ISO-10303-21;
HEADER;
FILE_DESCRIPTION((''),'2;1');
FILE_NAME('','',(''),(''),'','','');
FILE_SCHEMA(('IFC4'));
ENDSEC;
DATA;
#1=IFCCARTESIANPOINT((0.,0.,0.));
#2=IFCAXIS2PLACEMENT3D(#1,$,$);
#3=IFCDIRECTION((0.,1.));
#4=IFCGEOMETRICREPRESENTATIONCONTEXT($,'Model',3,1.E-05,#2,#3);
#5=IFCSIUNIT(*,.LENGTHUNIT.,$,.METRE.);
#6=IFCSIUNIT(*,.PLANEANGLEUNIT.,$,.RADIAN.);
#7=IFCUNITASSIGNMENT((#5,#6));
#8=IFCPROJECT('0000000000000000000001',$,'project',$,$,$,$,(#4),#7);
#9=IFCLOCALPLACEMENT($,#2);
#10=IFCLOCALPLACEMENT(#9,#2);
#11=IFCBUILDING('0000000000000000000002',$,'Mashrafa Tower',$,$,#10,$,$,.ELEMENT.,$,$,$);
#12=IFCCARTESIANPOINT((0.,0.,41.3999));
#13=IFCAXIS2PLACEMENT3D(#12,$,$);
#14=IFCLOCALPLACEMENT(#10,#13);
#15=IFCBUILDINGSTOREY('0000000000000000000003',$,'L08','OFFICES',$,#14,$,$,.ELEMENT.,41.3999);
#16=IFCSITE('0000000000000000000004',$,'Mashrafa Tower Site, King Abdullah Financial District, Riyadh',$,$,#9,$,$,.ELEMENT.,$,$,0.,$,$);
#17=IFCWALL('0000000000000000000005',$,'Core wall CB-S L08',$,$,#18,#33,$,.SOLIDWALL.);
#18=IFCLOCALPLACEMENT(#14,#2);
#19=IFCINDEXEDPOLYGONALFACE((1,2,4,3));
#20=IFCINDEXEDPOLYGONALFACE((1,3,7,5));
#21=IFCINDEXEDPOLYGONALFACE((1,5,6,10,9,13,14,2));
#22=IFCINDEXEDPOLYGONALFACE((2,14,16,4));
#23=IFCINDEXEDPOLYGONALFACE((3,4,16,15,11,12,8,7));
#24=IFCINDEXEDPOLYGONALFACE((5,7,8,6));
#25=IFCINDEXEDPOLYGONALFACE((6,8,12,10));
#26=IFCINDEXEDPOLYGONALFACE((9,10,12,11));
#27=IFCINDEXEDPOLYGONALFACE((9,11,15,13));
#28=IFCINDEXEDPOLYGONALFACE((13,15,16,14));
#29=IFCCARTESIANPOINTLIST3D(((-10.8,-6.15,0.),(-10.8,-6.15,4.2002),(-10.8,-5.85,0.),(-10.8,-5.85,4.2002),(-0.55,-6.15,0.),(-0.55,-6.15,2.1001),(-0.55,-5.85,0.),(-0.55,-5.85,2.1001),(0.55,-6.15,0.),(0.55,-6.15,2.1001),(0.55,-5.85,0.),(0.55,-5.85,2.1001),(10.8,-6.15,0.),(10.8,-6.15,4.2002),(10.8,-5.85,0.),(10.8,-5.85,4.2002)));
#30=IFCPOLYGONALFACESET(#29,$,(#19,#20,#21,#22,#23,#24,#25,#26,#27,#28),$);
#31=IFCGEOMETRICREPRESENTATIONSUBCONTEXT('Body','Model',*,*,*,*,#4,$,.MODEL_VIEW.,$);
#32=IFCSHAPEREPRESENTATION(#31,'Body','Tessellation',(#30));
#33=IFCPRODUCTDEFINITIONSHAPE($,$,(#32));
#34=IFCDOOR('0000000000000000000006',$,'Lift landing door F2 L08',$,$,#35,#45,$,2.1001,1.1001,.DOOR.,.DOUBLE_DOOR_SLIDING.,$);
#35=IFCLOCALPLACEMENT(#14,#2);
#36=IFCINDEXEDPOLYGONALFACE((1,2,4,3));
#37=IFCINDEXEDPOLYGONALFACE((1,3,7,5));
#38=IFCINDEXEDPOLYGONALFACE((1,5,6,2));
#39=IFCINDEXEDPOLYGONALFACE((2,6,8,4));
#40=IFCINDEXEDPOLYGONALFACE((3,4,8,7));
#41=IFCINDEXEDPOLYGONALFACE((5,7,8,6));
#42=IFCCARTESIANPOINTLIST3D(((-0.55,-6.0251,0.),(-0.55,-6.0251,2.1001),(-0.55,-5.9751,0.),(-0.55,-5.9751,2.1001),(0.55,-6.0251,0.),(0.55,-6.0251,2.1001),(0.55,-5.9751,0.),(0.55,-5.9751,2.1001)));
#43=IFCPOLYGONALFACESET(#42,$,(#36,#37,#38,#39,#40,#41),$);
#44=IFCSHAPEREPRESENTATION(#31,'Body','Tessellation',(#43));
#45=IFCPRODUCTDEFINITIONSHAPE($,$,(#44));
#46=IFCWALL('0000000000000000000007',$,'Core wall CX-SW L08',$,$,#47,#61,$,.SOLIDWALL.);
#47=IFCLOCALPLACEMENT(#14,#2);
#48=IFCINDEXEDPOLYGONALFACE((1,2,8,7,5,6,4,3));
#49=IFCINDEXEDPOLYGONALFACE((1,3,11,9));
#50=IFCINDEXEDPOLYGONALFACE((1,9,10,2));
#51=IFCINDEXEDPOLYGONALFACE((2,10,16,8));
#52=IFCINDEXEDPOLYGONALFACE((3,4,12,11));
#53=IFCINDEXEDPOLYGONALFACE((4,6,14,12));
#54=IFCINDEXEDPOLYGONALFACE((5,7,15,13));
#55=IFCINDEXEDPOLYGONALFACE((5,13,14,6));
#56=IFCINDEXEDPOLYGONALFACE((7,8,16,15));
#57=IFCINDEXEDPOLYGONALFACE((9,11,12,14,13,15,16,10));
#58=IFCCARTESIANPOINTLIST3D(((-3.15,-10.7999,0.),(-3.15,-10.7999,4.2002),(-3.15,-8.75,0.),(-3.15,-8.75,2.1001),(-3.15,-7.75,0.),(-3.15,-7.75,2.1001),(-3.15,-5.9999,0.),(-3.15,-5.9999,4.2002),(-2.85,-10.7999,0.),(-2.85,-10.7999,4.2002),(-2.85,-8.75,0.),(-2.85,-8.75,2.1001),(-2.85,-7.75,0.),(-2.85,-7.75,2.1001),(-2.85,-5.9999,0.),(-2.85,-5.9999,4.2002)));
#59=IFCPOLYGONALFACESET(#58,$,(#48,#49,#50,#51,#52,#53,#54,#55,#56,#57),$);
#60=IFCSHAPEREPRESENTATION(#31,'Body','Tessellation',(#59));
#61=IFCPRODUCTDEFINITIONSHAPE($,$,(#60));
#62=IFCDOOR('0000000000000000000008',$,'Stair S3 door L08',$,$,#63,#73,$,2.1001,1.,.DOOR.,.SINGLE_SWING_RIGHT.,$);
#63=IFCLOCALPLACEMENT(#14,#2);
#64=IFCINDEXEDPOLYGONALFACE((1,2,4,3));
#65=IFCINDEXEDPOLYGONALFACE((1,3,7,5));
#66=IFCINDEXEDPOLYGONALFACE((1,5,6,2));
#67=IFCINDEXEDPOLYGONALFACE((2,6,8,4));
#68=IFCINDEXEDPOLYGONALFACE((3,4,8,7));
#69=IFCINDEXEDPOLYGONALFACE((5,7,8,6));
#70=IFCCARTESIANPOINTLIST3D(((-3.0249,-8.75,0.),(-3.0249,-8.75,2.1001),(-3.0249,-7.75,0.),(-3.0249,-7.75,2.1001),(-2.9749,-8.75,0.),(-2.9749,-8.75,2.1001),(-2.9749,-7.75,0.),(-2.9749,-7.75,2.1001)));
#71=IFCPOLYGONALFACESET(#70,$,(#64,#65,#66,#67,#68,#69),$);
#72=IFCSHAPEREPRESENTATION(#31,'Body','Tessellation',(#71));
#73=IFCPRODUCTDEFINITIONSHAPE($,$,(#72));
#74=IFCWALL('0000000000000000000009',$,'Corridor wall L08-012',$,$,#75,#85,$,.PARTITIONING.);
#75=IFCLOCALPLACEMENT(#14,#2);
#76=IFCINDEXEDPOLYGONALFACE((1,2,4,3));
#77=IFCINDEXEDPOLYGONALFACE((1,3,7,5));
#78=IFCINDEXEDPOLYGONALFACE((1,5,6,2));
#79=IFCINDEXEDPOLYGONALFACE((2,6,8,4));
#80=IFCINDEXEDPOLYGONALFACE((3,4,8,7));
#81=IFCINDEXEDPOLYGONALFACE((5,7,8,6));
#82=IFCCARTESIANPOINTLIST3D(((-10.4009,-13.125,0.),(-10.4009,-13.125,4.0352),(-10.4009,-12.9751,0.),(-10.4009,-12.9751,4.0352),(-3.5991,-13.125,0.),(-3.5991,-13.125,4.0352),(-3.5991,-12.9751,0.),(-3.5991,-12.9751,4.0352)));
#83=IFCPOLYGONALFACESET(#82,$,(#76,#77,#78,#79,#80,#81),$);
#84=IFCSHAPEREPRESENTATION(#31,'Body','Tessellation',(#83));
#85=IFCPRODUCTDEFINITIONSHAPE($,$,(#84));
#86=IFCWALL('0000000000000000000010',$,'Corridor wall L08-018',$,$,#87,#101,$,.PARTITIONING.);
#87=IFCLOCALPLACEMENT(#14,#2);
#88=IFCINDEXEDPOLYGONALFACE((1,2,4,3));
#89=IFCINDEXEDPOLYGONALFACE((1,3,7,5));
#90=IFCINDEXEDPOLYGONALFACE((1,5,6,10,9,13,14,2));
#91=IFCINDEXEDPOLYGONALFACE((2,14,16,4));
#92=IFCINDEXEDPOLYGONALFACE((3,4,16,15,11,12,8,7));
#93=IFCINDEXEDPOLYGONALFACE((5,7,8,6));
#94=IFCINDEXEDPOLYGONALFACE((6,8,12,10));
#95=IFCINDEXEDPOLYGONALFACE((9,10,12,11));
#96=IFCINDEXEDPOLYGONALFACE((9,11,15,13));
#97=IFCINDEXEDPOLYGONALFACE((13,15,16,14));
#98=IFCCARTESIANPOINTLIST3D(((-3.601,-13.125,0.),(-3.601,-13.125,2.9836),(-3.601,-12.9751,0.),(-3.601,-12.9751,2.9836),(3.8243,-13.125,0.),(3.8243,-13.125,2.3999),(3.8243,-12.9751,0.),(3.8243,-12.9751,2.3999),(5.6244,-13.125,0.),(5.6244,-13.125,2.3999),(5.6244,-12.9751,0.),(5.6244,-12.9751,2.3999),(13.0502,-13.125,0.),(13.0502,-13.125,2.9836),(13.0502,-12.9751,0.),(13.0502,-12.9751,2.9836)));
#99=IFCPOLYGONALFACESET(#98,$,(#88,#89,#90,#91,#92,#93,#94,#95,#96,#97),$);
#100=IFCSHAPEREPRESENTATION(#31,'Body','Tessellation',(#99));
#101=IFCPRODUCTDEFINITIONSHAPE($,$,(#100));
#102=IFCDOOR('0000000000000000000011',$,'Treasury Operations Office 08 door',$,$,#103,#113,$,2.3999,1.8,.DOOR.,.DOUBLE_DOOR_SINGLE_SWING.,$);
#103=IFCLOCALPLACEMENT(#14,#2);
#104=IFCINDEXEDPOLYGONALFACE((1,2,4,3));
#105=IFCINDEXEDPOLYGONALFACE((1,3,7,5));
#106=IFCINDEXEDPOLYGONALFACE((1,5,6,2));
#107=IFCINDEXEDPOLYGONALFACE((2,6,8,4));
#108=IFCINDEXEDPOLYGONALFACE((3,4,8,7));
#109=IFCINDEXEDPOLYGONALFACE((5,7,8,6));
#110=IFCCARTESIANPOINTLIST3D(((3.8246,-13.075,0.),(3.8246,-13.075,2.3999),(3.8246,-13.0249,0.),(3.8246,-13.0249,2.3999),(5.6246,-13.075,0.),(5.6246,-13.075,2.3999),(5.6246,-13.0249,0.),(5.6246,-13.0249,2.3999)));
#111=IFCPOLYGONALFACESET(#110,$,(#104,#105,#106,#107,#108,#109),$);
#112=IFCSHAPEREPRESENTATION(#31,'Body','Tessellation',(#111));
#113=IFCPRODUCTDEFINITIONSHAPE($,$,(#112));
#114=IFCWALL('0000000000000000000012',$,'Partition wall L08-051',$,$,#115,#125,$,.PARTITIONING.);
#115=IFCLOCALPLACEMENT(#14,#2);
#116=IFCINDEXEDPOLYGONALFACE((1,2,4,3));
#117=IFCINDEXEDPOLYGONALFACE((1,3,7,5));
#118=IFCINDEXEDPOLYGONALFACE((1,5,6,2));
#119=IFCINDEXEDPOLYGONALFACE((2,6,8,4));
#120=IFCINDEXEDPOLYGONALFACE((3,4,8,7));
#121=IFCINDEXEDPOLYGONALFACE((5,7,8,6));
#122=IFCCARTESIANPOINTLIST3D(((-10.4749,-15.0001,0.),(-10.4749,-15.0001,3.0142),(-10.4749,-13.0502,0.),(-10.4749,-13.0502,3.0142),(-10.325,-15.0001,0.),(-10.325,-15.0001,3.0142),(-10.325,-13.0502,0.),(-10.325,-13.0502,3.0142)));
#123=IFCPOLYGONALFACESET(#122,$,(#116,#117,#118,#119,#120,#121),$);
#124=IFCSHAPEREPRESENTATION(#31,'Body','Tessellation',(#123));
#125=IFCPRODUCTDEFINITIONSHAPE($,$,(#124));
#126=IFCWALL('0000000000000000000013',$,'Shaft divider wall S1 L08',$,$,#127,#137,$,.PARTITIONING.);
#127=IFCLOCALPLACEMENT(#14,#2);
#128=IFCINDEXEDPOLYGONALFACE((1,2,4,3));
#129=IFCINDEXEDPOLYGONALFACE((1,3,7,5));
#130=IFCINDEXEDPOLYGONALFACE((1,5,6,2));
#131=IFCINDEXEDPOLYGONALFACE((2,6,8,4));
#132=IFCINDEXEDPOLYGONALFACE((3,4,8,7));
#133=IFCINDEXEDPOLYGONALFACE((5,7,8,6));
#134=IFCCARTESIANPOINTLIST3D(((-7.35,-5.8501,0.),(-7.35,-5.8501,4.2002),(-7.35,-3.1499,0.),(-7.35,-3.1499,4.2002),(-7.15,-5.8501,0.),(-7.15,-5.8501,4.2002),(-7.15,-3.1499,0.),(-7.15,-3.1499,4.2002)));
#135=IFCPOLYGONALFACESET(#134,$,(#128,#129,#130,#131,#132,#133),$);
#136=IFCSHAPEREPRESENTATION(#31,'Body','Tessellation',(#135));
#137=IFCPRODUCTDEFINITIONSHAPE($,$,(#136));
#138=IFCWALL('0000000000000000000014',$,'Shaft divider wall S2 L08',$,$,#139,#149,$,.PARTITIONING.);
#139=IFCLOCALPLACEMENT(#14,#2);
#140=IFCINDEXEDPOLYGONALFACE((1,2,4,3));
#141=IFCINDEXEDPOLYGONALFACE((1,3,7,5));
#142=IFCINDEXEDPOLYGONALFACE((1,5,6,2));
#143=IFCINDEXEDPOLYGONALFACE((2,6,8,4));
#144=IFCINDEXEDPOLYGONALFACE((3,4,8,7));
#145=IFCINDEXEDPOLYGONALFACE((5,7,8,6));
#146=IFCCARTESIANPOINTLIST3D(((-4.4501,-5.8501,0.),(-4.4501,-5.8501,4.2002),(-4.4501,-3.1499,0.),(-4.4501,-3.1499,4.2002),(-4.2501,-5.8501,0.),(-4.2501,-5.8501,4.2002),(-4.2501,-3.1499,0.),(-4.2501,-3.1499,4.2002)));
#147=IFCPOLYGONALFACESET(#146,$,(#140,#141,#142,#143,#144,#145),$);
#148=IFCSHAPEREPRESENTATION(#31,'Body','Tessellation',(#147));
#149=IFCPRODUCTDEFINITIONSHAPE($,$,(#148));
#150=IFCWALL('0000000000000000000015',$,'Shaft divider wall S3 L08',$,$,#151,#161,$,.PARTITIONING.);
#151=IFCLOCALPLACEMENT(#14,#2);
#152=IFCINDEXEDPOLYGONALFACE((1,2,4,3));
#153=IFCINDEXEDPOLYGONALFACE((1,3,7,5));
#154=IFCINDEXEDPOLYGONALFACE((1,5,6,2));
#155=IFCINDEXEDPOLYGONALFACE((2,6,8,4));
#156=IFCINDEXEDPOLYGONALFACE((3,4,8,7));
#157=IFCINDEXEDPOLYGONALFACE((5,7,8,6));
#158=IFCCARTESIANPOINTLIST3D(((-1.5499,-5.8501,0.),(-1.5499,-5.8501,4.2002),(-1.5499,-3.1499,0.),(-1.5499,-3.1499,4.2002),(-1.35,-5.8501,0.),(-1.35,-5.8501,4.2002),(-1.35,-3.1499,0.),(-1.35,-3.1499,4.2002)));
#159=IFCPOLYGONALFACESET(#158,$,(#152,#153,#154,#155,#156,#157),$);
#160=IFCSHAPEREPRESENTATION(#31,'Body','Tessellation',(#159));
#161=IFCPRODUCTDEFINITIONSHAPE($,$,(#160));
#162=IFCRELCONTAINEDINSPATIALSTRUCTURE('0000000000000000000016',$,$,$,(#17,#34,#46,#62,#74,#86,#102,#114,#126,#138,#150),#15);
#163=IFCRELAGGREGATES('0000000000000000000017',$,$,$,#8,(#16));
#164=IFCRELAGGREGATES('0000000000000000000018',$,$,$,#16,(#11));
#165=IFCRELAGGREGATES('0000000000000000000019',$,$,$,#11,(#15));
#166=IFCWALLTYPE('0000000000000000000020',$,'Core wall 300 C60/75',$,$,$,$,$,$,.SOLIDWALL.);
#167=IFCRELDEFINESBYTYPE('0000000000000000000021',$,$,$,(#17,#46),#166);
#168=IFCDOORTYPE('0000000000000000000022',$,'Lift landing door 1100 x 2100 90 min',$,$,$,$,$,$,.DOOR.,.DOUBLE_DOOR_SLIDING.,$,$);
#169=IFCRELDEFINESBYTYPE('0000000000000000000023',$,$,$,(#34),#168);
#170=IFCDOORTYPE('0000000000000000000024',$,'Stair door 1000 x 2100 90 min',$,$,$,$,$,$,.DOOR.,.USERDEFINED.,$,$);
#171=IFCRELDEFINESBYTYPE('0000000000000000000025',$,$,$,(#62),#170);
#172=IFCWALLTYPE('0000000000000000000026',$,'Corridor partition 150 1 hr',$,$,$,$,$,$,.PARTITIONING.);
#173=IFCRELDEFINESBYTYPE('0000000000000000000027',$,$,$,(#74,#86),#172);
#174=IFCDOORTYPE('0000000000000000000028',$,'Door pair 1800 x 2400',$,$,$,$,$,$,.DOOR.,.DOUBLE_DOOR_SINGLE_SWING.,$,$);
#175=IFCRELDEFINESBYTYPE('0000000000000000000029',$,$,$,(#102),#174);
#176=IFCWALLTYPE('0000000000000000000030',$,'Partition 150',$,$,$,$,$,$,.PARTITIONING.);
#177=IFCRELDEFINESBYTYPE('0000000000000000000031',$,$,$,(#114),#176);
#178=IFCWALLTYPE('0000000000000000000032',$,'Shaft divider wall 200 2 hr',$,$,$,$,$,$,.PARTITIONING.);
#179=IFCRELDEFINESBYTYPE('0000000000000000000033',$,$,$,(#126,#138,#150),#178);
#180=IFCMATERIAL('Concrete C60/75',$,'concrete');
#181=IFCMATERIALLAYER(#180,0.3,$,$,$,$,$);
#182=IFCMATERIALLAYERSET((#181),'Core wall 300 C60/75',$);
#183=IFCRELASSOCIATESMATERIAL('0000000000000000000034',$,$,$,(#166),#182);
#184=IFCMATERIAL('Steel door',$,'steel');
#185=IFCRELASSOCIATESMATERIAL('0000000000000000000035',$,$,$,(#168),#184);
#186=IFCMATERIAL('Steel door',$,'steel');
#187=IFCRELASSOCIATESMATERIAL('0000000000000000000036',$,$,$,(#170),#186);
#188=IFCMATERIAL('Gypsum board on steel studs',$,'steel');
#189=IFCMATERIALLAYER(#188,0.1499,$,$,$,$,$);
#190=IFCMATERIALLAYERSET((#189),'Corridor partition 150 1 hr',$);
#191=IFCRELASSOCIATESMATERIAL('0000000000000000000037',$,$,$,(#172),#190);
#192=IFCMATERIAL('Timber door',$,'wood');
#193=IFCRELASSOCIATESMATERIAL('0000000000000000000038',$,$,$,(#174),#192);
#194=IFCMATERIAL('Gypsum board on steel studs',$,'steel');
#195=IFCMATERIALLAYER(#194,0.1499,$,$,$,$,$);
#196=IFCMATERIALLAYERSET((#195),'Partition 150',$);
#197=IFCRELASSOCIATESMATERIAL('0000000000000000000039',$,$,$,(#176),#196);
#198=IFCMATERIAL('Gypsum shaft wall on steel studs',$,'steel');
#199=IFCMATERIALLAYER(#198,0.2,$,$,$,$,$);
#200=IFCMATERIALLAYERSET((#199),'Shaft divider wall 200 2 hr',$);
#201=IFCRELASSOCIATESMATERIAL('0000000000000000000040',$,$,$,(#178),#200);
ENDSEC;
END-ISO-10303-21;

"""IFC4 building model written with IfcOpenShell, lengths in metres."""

from ifc_helpers import new_model, si_unit, direction, frame, frame_2d, origin, place, context, subcontext, project, spatial, rectangle, extrude, material, layer, layer_set, type_object, element, fill, save


model = new_model("IFC4")

# Units and contexts
model_context = context("Model", 3, precision=1e-05, world=origin(), true_north=direction((0.0, 1.0)))
body_context = subcontext(model_context, "Body", "Model", "MODEL_VIEW")
ifc_project = project(units=[si_unit("LENGTHUNIT", "METRE"), si_unit("PLANEANGLEUNIT", "RADIAN")], contexts=[model_context])

# Site, building, storey
site_placement = place(None, origin())
site = spatial("IfcSite", under=ifc_project, at=site_placement, Name="Mashrafa Tower Site, King Abdullah Financial District, Riyadh", CompositionType="ELEMENT", RefElevation=0.0)
building_placement = place(site_placement, origin())
building = spatial("IfcBuilding", under=site, at=building_placement, Name="Mashrafa Tower", CompositionType="ELEMENT")
storey_placement = place(building_placement, frame((0.0, 0.0, 41.3999)))
storey = spatial("IfcBuildingStorey", under=building, at=storey_placement, Name="L08", Description="OFFICES", CompositionType="ELEMENT", Elevation=41.3999)

# Shared definitions
ifc_material_1 = material(Name="Concrete C60/75", Category="concrete")
ifc_layer_1 = layer(ifc_material_1, 0.3)
ifc_layer_set_1 = layer_set([ifc_layer_1], Name="Core wall 300 C60/75")
wall_type_1 = type_object("IfcWallType", Name="Core wall 300 C60/75", PredefinedType="SOLIDWALL", material=ifc_layer_set_1)

# Walls, openings, doors
wall_1_placement = place(storey_placement, frame((-10.8, -6.0, 0.0), z_axis=(0.0, 0.0, 1.0), x_axis=(1.0, 0.0, 0.0)))
wall_1 = element("IfcWall", 1, at=wall_1_placement, inside=storey, type_object=wall_type_1, Name="Core wall CB-S L08", PredefinedType="SOLIDWALL", context=body_context, shape_type="SweptSolid", body=[
    extrude(rectangle(XDim=21.6001, YDim=0.3, at=frame_2d((10.8, 0.0))), origin(), (0.0, 0.0, 1.0), 4.2002),
])
opening_1_placement = place(wall_1_placement, frame((10.25, 0.0, 0.0)))
opening_1 = element("IfcOpeningElement", 2, at=opening_1_placement, cuts=wall_1, PredefinedType="OPENING", context=body_context, shape_type="SweptSolid", body=[
    extrude(rectangle(XDim=1.1001, YDim=2.1001, at=frame_2d((0.55, 1.05))), frame((0.0, 0.1599, 0.0), z_axis=(0.0, -1.0, 0.0), x_axis=(1.0, 0.0, 0.0)), (0.0, 0.0, 1.0), 0.3201),
])
ifc_material_2 = material(Name="Steel door", Category="steel")
door_type_1 = type_object("IfcDoorType", Name="Lift landing door 1100 x 2100 90 min", OperationType="DOUBLE_DOOR_SLIDING", PredefinedType="DOOR", material=ifc_material_2)
door_1_placement = place(opening_1_placement, origin())
door_1 = element("IfcDoor", 3, at=door_1_placement, inside=storey, type_object=door_type_1, Name="Lift landing door F2 L08", OperationType="DOUBLE_DOOR_SLIDING", OverallHeight=2.1001, OverallWidth=1.1001, PredefinedType="DOOR", context=body_context, shape_type="SweptSolid", body=[
    extrude(rectangle(XDim=1.1001, YDim=2.1001, at=frame_2d((0.55, 1.05))), frame((0.0, 0.0249, 0.0), z_axis=(0.0, -1.0, 0.0), x_axis=(1.0, 0.0, 0.0)), (0.0, 0.0, 1.0), 0.05),
])
fill(opening_1, door_1)
wall_2_placement = place(storey_placement, frame((-3.0, -6.0, 0.0), z_axis=(0.0, 0.0, 1.0), x_axis=(0.0, -1.0, 0.0)))
wall_2 = element("IfcWall", 4, at=wall_2_placement, inside=storey, type_object=wall_type_1, Name="Core wall CX-SW L08", PredefinedType="SOLIDWALL", context=body_context, shape_type="SweptSolid", body=[
    extrude(rectangle(XDim=4.8, YDim=0.3, at=frame_2d((2.3999, 0.0))), origin(), (0.0, 0.0, 1.0), 4.2002),
])
opening_2_placement = place(wall_2_placement, frame((1.75, 0.0, 0.0)))
opening_2 = element("IfcOpeningElement", 5, at=opening_2_placement, cuts=wall_2, PredefinedType="OPENING", context=body_context, shape_type="SweptSolid", body=[
    extrude(rectangle(XDim=1.0, YDim=2.1001, at=frame_2d((0.5, 1.05))), frame((0.0, 0.1599, 0.0), z_axis=(0.0, -1.0, 0.0), x_axis=(1.0, 0.0, 0.0)), (0.0, 0.0, 1.0), 0.3201),
])
ifc_material_3 = material(Name="Steel door", Category="steel")
door_type_2 = type_object("IfcDoorType", Name="Stair door 1000 x 2100 90 min", OperationType="USERDEFINED", PredefinedType="DOOR", material=ifc_material_3)
door_2_placement = place(opening_2_placement, frame((1.0, 0.0, 0.0), z_axis=(0.0, 0.0, 1.0), x_axis=(-1.0, 0.0, 0.0)))
door_2 = element("IfcDoor", 6, at=door_2_placement, inside=storey, type_object=door_type_2, Name="Stair S3 door L08", OperationType="SINGLE_SWING_RIGHT", OverallHeight=2.1001, OverallWidth=1.0, PredefinedType="DOOR", context=body_context, shape_type="SweptSolid", body=[
    extrude(rectangle(XDim=1.0, YDim=2.1001, at=frame_2d((0.5, 1.05))), frame((0.0, 0.0249, 0.0), z_axis=(0.0, -1.0, 0.0), x_axis=(1.0, 0.0, 0.0)), (0.0, 0.0, 1.0), 0.05),
])
fill(opening_2, door_2)

# Wall
ifc_material_4 = material(Name="Gypsum board on steel studs", Category="steel")
ifc_layer_2 = layer(ifc_material_4, 0.1499)
ifc_layer_set_2 = layer_set([ifc_layer_2], Name="Corridor partition 150 1 hr")
wall_type_2 = type_object("IfcWallType", Name="Corridor partition 150 1 hr", PredefinedType="PARTITIONING", material=ifc_layer_set_2)
wall_3_placement = place(storey_placement, frame((-10.4009, -13.05, 0.0), z_axis=(0.0, 0.0, 1.0), x_axis=(1.0, 0.0, 0.0)))
element("IfcWall", 7, at=wall_3_placement, inside=storey, type_object=wall_type_2, Name="Corridor wall L08-012", PredefinedType="PARTITIONING", context=body_context, shape_type="SweptSolid", body=[
    extrude(rectangle(XDim=6.8018, YDim=0.1499, at=frame_2d((3.4009, 0.0))), origin(), (0.0, 0.0, 1.0), 4.0352),
])

# Wall, opening, door
wall_4_placement = place(storey_placement, frame((-3.6011, -13.05, 0.0), z_axis=(0.0, 0.0, 1.0), x_axis=(1.0, 0.0, 0.0)))
wall_4 = element("IfcWall", 8, at=wall_4_placement, inside=storey, type_object=wall_type_2, Name="Corridor wall L08-018", PredefinedType="PARTITIONING", context=body_context, shape_type="SweptSolid", body=[
    extrude(rectangle(XDim=16.6511, YDim=0.1499, at=frame_2d((8.3257, 0.0))), origin(), (0.0, 0.0, 1.0), 2.9836),
])
opening_3_placement = place(wall_4_placement, frame((7.4255, 0.0, 0.0)))
opening_3 = element("IfcOpeningElement", 9, at=opening_3_placement, cuts=wall_4, PredefinedType="OPENING", context=body_context, shape_type="SweptSolid", body=[
    extrude(rectangle(XDim=1.8, YDim=2.3999, at=frame_2d((0.8999, 1.2))), frame((0.0, 0.085, 0.0), z_axis=(0.0, -1.0, 0.0), x_axis=(1.0, 0.0, 0.0)), (0.0, 0.0, 1.0), 0.1699),
])
ifc_material_5 = material(Name="Timber door", Category="wood")
door_type_3 = type_object("IfcDoorType", Name="Door pair 1800 x 2400", OperationType="DOUBLE_DOOR_SINGLE_SWING", PredefinedType="DOOR", material=ifc_material_5)
door_3_placement = place(opening_3_placement, frame((1.8, 0.0, 0.0), z_axis=(0.0, 0.0, 1.0), x_axis=(-1.0, 0.0, 0.0)))
door_3 = element("IfcDoor", 10, at=door_3_placement, inside=storey, type_object=door_type_3, Name="Treasury Operations Office 08 door", OperationType="DOUBLE_DOOR_SINGLE_SWING", OverallHeight=2.3999, OverallWidth=1.8, PredefinedType="DOOR", context=body_context, shape_type="SweptSolid", body=[
    extrude(rectangle(XDim=1.8, YDim=2.3999, at=frame_2d((0.8999, 1.2))), frame((0.0, 0.0249, 0.0), z_axis=(0.0, -1.0, 0.0), x_axis=(1.0, 0.0, 0.0)), (0.0, 0.0, 1.0), 0.05),
])
fill(opening_3, door_3)

# Walls
ifc_material_6 = material(Name="Gypsum board on steel studs", Category="steel")
ifc_layer_3 = layer(ifc_material_6, 0.1499)
ifc_layer_set_3 = layer_set([ifc_layer_3], Name="Partition 150")
wall_type_3 = type_object("IfcWallType", Name="Partition 150", PredefinedType="PARTITIONING", material=ifc_layer_set_3)
wall_5_placement = place(storey_placement, frame((-10.3999, -13.05, 0.0), z_axis=(0.0, 0.0, 1.0), x_axis=(0.0, -1.0, 0.0)))
element("IfcWall", 11, at=wall_5_placement, inside=storey, type_object=wall_type_3, Name="Partition wall L08-051", PredefinedType="PARTITIONING", context=body_context, shape_type="SweptSolid", body=[
    extrude(rectangle(XDim=1.95, YDim=0.1499, at=frame_2d((0.9751, 0.0))), origin(), (0.0, 0.0, 1.0), 3.0142),
])
ifc_material_7 = material(Name="Gypsum shaft wall on steel studs", Category="steel")
ifc_layer_4 = layer(ifc_material_7, 0.2)
ifc_layer_set_4 = layer_set([ifc_layer_4], Name="Shaft divider wall 200 2 hr")
wall_type_4 = type_object("IfcWallType", Name="Shaft divider wall 200 2 hr", PredefinedType="PARTITIONING", material=ifc_layer_set_4)
for number, where, z_axis, x_axis, name in (
    (12, (-7.25, -5.8501, 0.0), (0.0, 0.0, 1.0), (0.0, 1.0, 0.0), "Shaft divider wall S1 L08"),
    (13, (-4.3501, -5.8501, 0.0), (0.0, 0.0, 1.0), (0.0, 1.0, 0.0), "Shaft divider wall S2 L08"),
    (14, (-1.45, -5.8501, 0.0), (0.0, 0.0, 1.0), (0.0, 1.0, 0.0), "Shaft divider wall S3 L08"),
):
    element("IfcWall", number, at=place(storey_placement, frame(where, z_axis=z_axis, x_axis=x_axis)), inside=storey, type_object=wall_type_4, Name=name, PredefinedType="PARTITIONING", context=body_context, shape_type="SweptSolid", body=[
        extrude(rectangle(XDim=2.7002, YDim=0.2, at=frame_2d((1.3501, 0.0))), origin(), (0.0, 0.0, 1.0), 4.2002),
    ])

save(model, "model.ifc")
